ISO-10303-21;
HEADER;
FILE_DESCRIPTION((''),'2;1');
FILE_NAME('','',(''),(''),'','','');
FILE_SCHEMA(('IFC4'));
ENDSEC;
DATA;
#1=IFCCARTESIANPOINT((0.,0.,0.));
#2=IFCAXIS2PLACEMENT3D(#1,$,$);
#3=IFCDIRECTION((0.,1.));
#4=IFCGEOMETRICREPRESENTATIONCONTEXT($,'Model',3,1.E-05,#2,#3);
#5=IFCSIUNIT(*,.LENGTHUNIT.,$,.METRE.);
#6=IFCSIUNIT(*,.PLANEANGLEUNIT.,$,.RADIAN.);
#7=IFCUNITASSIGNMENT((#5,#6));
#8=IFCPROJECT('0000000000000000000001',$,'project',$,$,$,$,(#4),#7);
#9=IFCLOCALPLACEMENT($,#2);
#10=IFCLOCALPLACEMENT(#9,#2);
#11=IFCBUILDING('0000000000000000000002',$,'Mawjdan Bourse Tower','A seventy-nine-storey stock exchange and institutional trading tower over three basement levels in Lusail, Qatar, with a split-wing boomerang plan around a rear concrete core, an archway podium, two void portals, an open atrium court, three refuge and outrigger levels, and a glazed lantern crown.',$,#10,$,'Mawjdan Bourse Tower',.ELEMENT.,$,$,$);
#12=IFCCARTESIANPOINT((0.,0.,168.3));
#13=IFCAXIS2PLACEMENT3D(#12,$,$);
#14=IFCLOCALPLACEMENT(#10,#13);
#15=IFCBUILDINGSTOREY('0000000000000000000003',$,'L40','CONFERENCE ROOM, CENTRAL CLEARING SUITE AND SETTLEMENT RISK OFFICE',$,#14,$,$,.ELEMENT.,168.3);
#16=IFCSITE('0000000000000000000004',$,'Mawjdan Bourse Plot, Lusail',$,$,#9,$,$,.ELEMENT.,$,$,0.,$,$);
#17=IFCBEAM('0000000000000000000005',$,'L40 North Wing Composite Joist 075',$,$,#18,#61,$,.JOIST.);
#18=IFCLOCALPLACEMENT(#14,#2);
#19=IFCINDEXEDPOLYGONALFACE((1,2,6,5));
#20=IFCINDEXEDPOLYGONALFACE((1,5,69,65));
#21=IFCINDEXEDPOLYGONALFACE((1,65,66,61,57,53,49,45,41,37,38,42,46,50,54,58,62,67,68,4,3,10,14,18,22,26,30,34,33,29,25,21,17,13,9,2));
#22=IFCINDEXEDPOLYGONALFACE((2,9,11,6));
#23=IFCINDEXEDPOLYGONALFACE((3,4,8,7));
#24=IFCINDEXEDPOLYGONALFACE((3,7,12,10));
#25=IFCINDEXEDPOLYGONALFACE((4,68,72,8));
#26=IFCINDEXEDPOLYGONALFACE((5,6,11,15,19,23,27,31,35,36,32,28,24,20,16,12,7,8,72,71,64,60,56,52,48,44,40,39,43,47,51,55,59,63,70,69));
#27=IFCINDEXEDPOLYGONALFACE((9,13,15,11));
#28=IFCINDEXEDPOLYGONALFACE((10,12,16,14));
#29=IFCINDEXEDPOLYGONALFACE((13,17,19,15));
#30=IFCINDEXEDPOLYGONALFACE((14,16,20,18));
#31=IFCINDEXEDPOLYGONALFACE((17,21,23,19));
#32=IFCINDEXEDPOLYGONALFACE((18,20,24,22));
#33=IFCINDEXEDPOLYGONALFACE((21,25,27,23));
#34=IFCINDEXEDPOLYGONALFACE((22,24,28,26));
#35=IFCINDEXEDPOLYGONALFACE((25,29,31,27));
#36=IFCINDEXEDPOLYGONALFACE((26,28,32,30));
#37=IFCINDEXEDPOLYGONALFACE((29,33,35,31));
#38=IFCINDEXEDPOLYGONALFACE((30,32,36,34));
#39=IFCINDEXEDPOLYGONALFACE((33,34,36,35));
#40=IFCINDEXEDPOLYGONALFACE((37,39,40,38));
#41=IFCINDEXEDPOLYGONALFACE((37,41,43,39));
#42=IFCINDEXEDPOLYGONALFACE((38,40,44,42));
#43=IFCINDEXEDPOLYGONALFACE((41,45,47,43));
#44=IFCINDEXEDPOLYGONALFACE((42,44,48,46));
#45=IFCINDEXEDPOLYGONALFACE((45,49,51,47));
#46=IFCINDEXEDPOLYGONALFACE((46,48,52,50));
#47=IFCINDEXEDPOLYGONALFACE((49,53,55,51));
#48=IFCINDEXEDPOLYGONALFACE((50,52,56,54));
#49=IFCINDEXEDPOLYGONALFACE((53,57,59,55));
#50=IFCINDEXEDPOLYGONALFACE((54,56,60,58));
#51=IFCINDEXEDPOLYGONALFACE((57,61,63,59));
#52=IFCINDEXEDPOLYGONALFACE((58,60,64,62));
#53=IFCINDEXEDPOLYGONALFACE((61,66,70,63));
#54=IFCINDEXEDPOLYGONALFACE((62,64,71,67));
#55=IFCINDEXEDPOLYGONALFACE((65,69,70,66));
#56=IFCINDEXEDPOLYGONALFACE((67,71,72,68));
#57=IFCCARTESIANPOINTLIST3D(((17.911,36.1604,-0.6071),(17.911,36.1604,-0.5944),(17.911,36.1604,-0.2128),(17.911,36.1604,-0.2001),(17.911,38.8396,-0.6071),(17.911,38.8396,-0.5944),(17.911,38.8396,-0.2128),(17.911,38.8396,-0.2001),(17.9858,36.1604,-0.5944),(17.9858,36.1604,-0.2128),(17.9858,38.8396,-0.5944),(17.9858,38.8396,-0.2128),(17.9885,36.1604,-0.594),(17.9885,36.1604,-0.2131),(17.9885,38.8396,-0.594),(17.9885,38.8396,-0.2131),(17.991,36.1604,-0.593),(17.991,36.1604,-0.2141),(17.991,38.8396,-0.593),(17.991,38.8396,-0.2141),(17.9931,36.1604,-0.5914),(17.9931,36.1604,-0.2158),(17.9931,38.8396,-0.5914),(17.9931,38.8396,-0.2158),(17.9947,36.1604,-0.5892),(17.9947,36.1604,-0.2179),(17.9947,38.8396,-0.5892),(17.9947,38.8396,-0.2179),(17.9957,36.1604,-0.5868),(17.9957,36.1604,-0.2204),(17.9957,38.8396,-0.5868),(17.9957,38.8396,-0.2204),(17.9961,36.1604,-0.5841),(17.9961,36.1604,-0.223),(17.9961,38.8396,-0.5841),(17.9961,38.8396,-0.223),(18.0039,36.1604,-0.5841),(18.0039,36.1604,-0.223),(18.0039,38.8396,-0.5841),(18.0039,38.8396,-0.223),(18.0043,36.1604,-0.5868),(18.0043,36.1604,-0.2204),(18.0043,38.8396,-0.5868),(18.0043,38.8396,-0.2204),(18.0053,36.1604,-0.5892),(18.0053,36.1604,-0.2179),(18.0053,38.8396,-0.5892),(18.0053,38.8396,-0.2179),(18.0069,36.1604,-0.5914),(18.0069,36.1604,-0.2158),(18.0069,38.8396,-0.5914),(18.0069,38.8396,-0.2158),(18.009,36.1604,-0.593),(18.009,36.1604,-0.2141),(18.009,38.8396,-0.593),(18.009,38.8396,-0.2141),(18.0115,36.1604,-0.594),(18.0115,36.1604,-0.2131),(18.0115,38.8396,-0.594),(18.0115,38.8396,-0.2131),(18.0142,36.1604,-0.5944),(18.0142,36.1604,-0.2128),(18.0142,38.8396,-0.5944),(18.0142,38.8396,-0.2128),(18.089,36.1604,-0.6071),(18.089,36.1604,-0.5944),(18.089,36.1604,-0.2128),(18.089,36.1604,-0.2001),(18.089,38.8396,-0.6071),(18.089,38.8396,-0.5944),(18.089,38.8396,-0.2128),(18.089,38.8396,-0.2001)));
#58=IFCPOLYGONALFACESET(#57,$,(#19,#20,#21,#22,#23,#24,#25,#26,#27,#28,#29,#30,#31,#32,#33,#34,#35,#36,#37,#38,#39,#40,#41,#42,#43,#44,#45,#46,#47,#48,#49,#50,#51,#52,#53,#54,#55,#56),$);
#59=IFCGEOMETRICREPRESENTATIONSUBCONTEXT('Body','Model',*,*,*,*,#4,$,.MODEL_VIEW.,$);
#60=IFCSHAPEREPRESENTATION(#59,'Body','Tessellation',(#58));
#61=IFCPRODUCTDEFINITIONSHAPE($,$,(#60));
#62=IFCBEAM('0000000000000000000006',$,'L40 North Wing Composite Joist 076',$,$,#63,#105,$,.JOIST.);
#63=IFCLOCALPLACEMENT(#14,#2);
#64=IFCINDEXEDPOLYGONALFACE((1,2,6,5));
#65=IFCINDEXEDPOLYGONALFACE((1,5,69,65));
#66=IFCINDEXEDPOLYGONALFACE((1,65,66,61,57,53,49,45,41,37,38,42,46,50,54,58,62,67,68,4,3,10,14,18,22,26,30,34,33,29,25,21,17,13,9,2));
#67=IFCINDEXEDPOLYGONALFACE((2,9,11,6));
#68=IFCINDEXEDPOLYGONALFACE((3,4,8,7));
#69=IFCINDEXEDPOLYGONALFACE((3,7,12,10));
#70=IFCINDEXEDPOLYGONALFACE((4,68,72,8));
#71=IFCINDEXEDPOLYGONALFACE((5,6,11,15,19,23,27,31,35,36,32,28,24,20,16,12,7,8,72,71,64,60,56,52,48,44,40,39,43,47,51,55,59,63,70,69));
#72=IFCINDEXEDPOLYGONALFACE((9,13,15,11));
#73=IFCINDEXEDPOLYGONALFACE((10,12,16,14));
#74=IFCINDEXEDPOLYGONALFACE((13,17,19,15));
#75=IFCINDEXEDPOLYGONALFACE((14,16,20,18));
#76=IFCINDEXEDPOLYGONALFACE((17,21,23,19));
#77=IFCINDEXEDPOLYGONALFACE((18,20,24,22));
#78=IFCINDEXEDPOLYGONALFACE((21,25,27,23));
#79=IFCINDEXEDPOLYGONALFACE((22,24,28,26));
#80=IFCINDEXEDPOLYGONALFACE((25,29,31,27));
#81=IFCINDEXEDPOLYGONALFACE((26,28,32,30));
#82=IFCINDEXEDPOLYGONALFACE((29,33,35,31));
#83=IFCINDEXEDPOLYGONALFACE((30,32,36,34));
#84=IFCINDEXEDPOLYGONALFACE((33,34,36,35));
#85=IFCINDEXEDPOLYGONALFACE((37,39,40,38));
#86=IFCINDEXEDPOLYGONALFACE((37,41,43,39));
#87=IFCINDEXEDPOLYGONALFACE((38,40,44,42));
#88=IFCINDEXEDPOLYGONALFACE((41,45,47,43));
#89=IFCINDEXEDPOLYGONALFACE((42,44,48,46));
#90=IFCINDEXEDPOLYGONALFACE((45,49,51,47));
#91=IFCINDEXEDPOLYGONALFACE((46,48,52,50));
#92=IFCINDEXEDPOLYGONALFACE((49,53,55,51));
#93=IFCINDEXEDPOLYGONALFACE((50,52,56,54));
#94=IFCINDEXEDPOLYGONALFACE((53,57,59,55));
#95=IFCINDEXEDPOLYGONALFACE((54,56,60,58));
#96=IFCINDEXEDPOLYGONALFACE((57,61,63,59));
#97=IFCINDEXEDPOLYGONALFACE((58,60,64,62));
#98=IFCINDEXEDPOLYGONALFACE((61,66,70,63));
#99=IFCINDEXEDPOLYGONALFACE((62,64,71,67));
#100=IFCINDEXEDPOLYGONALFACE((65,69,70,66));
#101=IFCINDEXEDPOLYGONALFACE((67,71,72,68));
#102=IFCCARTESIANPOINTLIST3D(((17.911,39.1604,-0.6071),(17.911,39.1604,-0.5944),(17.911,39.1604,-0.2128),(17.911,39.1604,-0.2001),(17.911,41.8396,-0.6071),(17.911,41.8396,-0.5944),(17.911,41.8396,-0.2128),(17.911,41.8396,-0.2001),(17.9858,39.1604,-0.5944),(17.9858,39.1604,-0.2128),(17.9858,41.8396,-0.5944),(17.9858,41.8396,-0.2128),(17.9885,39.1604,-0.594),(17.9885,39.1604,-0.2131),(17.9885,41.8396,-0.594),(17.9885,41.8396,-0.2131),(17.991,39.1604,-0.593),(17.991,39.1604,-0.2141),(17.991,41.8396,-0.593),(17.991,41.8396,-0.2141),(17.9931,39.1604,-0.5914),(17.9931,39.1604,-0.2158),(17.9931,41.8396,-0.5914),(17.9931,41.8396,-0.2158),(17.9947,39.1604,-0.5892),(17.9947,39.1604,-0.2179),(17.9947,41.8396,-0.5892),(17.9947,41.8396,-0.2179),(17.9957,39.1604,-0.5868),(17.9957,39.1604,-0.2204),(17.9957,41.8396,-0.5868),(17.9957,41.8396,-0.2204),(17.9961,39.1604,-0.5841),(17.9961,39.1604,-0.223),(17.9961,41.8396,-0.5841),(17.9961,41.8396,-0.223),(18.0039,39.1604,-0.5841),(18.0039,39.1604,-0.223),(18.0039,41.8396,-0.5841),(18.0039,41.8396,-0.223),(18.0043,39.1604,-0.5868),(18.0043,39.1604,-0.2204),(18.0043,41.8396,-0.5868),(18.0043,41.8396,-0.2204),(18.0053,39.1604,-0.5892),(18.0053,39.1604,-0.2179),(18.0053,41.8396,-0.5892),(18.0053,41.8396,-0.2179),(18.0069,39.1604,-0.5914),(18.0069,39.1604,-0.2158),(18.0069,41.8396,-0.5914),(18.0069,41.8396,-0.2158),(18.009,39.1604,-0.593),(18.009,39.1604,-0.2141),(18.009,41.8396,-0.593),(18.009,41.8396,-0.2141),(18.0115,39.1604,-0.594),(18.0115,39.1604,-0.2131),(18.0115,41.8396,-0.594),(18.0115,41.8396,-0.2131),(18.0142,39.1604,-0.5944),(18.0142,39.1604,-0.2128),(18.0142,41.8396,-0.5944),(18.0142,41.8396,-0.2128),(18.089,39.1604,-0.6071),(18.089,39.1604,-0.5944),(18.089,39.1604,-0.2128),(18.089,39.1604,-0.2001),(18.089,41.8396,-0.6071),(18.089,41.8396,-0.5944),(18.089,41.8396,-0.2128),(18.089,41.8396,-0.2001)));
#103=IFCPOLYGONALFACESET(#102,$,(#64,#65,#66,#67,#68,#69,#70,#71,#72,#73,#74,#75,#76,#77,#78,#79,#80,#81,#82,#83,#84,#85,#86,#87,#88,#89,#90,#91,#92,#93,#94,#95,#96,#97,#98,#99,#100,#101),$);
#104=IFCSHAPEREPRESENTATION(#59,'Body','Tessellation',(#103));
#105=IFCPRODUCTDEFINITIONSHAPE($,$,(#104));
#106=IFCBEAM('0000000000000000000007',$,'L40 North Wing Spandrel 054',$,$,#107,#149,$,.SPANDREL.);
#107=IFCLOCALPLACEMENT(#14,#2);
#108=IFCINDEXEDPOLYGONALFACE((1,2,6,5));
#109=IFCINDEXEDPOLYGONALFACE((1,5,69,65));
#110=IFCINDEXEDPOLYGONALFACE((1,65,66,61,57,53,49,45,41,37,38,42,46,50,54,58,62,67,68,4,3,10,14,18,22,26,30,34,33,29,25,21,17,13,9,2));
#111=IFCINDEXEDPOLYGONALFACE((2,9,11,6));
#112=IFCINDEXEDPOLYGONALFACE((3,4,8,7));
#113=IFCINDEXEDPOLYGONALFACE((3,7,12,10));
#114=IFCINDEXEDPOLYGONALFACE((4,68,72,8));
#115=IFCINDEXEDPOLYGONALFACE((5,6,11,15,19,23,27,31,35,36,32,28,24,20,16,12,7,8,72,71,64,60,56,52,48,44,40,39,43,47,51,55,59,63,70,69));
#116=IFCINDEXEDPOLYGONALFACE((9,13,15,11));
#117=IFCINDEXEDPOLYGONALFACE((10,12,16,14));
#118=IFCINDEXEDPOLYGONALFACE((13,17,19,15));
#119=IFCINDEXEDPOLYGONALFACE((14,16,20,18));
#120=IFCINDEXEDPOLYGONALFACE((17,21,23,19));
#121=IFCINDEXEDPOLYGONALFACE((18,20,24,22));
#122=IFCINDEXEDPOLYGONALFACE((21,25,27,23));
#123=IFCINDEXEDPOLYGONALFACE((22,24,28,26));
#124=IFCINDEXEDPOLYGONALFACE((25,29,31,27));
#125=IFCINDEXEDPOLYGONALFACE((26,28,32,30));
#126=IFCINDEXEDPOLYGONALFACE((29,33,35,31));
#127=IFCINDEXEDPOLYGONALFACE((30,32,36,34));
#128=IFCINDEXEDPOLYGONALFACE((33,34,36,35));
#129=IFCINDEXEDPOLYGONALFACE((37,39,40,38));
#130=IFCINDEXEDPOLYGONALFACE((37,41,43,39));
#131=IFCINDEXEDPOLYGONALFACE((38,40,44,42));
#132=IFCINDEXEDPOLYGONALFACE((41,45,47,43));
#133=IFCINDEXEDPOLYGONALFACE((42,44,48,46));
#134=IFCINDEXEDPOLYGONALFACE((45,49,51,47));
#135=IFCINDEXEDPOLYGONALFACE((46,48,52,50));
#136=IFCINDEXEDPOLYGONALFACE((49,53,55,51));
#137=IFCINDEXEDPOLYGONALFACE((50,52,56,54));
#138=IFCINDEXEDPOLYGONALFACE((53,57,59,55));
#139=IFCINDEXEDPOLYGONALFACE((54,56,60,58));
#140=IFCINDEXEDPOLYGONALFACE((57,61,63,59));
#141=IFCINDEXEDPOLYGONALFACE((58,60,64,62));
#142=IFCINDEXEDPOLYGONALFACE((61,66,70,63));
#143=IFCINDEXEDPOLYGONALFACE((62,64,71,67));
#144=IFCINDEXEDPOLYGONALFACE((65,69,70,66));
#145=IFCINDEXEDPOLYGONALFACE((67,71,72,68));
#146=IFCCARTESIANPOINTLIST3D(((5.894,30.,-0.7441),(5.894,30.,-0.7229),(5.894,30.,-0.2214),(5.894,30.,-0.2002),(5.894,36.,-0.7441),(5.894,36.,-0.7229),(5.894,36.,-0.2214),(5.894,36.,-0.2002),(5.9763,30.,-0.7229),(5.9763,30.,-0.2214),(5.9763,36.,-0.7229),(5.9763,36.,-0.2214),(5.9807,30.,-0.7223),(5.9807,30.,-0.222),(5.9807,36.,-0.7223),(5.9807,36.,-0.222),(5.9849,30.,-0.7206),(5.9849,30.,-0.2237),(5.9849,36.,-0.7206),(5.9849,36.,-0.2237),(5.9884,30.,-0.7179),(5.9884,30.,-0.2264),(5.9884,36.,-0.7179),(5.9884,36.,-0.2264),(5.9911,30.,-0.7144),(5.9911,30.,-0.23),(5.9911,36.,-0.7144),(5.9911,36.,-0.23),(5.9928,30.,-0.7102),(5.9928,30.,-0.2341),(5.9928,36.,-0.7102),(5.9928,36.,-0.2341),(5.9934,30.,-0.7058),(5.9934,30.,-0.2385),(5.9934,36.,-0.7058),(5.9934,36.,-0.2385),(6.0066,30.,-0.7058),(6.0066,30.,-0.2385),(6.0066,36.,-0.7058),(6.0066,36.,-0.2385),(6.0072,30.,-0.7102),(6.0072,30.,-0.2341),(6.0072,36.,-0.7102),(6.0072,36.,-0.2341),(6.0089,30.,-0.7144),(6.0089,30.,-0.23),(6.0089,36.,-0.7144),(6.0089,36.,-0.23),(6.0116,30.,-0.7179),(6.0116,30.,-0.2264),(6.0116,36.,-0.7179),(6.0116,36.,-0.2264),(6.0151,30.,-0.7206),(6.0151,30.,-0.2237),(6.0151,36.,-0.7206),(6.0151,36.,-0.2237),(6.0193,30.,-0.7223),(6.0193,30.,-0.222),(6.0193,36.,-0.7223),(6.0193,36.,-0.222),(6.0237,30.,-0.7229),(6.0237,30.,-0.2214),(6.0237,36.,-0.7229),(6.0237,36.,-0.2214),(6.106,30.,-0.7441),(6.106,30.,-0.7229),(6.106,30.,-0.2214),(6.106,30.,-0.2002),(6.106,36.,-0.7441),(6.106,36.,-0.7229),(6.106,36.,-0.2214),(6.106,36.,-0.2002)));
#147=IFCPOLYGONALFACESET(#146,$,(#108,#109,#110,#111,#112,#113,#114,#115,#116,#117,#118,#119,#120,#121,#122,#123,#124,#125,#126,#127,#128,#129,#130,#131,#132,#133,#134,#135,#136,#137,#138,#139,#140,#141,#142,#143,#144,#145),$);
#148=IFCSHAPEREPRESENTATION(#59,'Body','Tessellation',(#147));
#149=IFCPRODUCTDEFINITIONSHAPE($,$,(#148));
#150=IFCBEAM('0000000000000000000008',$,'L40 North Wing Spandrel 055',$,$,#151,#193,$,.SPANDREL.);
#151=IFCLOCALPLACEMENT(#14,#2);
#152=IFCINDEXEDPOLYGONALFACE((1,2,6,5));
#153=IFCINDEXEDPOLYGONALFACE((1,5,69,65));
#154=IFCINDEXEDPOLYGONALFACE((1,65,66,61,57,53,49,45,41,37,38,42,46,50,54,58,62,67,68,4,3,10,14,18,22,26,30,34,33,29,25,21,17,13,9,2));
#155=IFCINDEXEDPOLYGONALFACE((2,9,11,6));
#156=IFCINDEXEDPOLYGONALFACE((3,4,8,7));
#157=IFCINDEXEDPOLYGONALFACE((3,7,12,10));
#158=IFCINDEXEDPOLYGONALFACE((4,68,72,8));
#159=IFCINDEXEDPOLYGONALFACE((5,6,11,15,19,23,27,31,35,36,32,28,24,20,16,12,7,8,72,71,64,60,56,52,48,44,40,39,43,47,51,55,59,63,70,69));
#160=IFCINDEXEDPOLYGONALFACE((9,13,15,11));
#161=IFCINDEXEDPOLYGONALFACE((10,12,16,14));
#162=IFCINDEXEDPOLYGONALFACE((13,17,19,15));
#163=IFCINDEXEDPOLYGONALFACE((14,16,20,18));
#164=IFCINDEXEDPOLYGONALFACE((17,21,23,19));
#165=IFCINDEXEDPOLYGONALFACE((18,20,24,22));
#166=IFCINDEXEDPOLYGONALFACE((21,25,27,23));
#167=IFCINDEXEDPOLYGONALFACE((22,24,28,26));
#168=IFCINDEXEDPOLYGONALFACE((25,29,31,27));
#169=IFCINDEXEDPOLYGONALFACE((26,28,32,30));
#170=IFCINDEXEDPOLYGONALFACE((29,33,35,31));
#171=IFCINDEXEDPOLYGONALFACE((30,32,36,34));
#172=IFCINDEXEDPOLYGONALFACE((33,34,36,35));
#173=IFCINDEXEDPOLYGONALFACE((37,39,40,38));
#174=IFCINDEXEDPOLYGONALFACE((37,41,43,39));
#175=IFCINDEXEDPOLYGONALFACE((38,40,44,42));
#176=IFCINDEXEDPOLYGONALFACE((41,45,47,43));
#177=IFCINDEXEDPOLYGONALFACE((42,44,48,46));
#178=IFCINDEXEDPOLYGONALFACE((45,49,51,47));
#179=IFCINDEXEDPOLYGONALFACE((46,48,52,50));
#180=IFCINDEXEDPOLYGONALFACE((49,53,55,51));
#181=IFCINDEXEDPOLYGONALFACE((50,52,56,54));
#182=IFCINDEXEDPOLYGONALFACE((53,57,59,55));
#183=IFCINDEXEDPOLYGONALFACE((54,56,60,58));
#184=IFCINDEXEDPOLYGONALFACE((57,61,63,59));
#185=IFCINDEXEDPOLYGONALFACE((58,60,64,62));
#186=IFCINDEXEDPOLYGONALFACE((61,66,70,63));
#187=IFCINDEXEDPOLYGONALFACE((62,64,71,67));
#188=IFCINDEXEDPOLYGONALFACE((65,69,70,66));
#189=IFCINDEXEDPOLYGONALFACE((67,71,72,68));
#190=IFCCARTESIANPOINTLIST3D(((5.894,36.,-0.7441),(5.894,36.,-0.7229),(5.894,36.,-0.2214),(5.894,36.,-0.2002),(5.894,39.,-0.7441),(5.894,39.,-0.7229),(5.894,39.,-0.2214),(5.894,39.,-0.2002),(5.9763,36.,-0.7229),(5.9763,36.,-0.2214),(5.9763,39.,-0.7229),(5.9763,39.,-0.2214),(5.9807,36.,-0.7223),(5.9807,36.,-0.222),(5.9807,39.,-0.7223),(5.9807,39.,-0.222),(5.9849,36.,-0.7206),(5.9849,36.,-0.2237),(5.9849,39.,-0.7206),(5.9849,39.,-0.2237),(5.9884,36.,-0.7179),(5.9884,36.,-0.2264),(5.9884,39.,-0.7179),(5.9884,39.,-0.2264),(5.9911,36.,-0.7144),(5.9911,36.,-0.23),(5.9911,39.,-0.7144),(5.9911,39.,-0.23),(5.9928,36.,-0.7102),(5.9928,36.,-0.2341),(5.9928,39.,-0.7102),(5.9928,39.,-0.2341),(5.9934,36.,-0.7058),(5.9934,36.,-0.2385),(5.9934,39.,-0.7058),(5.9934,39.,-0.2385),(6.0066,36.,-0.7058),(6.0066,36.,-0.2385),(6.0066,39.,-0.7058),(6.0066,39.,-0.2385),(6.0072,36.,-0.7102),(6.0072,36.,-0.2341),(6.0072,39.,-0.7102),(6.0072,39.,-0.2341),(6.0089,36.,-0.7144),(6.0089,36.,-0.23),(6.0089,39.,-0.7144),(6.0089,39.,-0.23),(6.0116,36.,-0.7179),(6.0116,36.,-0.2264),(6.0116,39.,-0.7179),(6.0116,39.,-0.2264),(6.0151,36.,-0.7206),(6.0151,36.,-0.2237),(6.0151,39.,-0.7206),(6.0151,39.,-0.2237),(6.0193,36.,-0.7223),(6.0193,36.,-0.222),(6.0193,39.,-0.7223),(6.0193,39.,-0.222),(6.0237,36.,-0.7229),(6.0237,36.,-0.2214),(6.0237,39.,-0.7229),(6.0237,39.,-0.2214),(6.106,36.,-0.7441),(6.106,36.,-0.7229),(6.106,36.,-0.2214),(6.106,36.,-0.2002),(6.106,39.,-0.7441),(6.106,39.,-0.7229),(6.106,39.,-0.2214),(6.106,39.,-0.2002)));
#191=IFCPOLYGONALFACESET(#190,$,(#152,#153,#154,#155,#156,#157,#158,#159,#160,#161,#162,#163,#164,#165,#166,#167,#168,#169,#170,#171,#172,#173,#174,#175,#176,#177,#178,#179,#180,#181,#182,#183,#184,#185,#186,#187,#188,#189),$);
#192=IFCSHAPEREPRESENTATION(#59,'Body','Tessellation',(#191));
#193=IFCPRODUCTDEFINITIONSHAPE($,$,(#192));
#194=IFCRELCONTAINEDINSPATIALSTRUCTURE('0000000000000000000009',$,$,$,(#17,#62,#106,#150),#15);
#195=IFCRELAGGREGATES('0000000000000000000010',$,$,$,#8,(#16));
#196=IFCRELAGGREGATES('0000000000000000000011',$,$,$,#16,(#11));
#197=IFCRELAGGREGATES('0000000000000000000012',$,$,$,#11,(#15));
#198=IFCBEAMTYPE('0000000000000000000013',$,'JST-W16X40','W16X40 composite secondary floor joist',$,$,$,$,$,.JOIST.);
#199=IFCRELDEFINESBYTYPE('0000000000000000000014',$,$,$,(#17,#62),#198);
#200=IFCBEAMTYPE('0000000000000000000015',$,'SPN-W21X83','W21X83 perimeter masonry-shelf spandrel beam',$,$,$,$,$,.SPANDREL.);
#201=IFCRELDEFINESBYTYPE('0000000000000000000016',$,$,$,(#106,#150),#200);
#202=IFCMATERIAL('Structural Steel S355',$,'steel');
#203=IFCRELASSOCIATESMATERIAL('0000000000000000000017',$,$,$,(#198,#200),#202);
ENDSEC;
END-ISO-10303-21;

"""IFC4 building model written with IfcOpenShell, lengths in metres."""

from ifc_helpers import new_model, si_unit, direction, frame, origin, origin_2d, place, context, subcontext, project, spatial, i_section, extrude, material, material_profile, profile_set, type_object, element, save


model = new_model("IFC4")

# Units and contexts
model_context = context("Model", 3, precision=1e-05, world=origin(), true_north=direction((0.0, 1.0)))
body_context = subcontext(model_context, "Body", "Model", "MODEL_VIEW")
ifc_project = project(units=[si_unit("LENGTHUNIT", "METRE"), si_unit("PLANEANGLEUNIT", "RADIAN")], contexts=[model_context])

# Site, building, storey
site_placement = place(None, origin())
site = spatial("IfcSite", under=ifc_project, at=site_placement, Name="Mawjdan Bourse Plot, Lusail", CompositionType="ELEMENT", RefElevation=0.0)
building_placement = place(site_placement, origin())
building = spatial("IfcBuilding", under=site, at=building_placement, Name="Mawjdan Bourse Tower", Description="A seventy-nine-storey stock exchange and institutional trading tower over three basement levels in Lusail, Qatar, with a split-wing boomerang plan around a rear concrete core, an archway podium, two void portals, an open atrium court, three refuge and outrigger levels, and a glazed lantern crown.", LongName="Mawjdan Bourse Tower", CompositionType="ELEMENT")
storey_placement = place(building_placement, frame((0.0, 0.0, 168.3)))
storey = spatial("IfcBuildingStorey", under=building, at=storey_placement, Name="L40", Description="CONFERENCE ROOM, CENTRAL CLEARING SUITE AND SETTLEMENT RISK OFFICE", CompositionType="ELEMENT", Elevation=168.3)

# Beams
ifc_material_1 = material(Name="Structural Steel S355", Category="steel")
ifc_material_profile_1 = material_profile(ifc_material_1, i_section(OverallWidth=0.178, OverallDepth=0.407, WebThickness=0.0078, FlangeThickness=0.0127, FilletRadius=0.0103, at=origin_2d()), Name="W16X40")
ifc_profile_set_1 = profile_set([ifc_material_profile_1], Name="Structural Steel S355")
beam_type_1 = type_object("IfcBeamType", Name="JST-W16X40", Description="W16X40 composite secondary floor joist", PredefinedType="JOIST", material=ifc_profile_set_1)
for number, where, z_axis, x_axis, name in (
    (1, (18.0, 36.1604, -0.4036), (0.0, 1.0, 0.0), (-1.0, 0.0, 0.0), "L40 North Wing Composite Joist 075"),
    (2, (18.0, 39.1604, -0.4036), (0.0, 1.0, 0.0), (-1.0, 0.0, 0.0), "L40 North Wing Composite Joist 076"),
):
    element("IfcBeam", number, at=place(storey_placement, frame(where, z_axis=z_axis, x_axis=x_axis)), inside=storey, type_object=beam_type_1, Name=name, PredefinedType="JOIST", context=body_context, shape_type="SweptSolid", body=[
        extrude(i_section(OverallWidth=0.178, OverallDepth=0.407, WebThickness=0.0078, FlangeThickness=0.0127, FilletRadius=0.0103, at=origin_2d()), origin(), (0.0, 0.0, 1.0), 2.6792),
    ])
ifc_material_profile_2 = material_profile(ifc_material_1, i_section(OverallWidth=0.2119, OverallDepth=0.5439, WebThickness=0.0132, FlangeThickness=0.0212, FilletRadius=0.0171, at=origin_2d()), Name="W21X83")
ifc_profile_set_2 = profile_set([ifc_material_profile_2], Name="Structural Steel S355")
beam_type_2 = type_object("IfcBeamType", Name="SPN-W21X83", Description="W21X83 perimeter masonry-shelf spandrel beam", PredefinedType="SPANDREL", material=ifc_profile_set_2)
beam_1_placement = place(storey_placement, frame((6.0, 30.0, -0.4722), z_axis=(0.0, 1.0, 0.0), x_axis=(-1.0, 0.0, 0.0)))
element("IfcBeam", 3, at=beam_1_placement, inside=storey, type_object=beam_type_2, Name="L40 North Wing Spandrel 054", PredefinedType="SPANDREL", context=body_context, shape_type="SweptSolid", body=[
    extrude(i_section(OverallWidth=0.2119, OverallDepth=0.5439, WebThickness=0.0132, FlangeThickness=0.0212, FilletRadius=0.0171, at=origin_2d()), origin(), (0.0, 0.0, 1.0), 6.0),
])
for number, where, z_axis, x_axis, name in (
    (4, (6.0, 36.0, -0.4722), (0.0, 1.0, 0.0), (-1.0, 0.0, 0.0), "L40 North Wing Spandrel 055"),
):
    element("IfcBeam", number, at=place(storey_placement, frame(where, z_axis=z_axis, x_axis=x_axis)), inside=storey, type_object=beam_type_2, Name=name, PredefinedType="SPANDREL", context=body_context, shape_type="SweptSolid", body=[
        extrude(i_section(OverallWidth=0.2119, OverallDepth=0.5439, WebThickness=0.0132, FlangeThickness=0.0212, FilletRadius=0.0171, at=origin_2d()), origin(), (0.0, 0.0, 1.0), 3.0),
    ])

save(model, "model.ifc")
